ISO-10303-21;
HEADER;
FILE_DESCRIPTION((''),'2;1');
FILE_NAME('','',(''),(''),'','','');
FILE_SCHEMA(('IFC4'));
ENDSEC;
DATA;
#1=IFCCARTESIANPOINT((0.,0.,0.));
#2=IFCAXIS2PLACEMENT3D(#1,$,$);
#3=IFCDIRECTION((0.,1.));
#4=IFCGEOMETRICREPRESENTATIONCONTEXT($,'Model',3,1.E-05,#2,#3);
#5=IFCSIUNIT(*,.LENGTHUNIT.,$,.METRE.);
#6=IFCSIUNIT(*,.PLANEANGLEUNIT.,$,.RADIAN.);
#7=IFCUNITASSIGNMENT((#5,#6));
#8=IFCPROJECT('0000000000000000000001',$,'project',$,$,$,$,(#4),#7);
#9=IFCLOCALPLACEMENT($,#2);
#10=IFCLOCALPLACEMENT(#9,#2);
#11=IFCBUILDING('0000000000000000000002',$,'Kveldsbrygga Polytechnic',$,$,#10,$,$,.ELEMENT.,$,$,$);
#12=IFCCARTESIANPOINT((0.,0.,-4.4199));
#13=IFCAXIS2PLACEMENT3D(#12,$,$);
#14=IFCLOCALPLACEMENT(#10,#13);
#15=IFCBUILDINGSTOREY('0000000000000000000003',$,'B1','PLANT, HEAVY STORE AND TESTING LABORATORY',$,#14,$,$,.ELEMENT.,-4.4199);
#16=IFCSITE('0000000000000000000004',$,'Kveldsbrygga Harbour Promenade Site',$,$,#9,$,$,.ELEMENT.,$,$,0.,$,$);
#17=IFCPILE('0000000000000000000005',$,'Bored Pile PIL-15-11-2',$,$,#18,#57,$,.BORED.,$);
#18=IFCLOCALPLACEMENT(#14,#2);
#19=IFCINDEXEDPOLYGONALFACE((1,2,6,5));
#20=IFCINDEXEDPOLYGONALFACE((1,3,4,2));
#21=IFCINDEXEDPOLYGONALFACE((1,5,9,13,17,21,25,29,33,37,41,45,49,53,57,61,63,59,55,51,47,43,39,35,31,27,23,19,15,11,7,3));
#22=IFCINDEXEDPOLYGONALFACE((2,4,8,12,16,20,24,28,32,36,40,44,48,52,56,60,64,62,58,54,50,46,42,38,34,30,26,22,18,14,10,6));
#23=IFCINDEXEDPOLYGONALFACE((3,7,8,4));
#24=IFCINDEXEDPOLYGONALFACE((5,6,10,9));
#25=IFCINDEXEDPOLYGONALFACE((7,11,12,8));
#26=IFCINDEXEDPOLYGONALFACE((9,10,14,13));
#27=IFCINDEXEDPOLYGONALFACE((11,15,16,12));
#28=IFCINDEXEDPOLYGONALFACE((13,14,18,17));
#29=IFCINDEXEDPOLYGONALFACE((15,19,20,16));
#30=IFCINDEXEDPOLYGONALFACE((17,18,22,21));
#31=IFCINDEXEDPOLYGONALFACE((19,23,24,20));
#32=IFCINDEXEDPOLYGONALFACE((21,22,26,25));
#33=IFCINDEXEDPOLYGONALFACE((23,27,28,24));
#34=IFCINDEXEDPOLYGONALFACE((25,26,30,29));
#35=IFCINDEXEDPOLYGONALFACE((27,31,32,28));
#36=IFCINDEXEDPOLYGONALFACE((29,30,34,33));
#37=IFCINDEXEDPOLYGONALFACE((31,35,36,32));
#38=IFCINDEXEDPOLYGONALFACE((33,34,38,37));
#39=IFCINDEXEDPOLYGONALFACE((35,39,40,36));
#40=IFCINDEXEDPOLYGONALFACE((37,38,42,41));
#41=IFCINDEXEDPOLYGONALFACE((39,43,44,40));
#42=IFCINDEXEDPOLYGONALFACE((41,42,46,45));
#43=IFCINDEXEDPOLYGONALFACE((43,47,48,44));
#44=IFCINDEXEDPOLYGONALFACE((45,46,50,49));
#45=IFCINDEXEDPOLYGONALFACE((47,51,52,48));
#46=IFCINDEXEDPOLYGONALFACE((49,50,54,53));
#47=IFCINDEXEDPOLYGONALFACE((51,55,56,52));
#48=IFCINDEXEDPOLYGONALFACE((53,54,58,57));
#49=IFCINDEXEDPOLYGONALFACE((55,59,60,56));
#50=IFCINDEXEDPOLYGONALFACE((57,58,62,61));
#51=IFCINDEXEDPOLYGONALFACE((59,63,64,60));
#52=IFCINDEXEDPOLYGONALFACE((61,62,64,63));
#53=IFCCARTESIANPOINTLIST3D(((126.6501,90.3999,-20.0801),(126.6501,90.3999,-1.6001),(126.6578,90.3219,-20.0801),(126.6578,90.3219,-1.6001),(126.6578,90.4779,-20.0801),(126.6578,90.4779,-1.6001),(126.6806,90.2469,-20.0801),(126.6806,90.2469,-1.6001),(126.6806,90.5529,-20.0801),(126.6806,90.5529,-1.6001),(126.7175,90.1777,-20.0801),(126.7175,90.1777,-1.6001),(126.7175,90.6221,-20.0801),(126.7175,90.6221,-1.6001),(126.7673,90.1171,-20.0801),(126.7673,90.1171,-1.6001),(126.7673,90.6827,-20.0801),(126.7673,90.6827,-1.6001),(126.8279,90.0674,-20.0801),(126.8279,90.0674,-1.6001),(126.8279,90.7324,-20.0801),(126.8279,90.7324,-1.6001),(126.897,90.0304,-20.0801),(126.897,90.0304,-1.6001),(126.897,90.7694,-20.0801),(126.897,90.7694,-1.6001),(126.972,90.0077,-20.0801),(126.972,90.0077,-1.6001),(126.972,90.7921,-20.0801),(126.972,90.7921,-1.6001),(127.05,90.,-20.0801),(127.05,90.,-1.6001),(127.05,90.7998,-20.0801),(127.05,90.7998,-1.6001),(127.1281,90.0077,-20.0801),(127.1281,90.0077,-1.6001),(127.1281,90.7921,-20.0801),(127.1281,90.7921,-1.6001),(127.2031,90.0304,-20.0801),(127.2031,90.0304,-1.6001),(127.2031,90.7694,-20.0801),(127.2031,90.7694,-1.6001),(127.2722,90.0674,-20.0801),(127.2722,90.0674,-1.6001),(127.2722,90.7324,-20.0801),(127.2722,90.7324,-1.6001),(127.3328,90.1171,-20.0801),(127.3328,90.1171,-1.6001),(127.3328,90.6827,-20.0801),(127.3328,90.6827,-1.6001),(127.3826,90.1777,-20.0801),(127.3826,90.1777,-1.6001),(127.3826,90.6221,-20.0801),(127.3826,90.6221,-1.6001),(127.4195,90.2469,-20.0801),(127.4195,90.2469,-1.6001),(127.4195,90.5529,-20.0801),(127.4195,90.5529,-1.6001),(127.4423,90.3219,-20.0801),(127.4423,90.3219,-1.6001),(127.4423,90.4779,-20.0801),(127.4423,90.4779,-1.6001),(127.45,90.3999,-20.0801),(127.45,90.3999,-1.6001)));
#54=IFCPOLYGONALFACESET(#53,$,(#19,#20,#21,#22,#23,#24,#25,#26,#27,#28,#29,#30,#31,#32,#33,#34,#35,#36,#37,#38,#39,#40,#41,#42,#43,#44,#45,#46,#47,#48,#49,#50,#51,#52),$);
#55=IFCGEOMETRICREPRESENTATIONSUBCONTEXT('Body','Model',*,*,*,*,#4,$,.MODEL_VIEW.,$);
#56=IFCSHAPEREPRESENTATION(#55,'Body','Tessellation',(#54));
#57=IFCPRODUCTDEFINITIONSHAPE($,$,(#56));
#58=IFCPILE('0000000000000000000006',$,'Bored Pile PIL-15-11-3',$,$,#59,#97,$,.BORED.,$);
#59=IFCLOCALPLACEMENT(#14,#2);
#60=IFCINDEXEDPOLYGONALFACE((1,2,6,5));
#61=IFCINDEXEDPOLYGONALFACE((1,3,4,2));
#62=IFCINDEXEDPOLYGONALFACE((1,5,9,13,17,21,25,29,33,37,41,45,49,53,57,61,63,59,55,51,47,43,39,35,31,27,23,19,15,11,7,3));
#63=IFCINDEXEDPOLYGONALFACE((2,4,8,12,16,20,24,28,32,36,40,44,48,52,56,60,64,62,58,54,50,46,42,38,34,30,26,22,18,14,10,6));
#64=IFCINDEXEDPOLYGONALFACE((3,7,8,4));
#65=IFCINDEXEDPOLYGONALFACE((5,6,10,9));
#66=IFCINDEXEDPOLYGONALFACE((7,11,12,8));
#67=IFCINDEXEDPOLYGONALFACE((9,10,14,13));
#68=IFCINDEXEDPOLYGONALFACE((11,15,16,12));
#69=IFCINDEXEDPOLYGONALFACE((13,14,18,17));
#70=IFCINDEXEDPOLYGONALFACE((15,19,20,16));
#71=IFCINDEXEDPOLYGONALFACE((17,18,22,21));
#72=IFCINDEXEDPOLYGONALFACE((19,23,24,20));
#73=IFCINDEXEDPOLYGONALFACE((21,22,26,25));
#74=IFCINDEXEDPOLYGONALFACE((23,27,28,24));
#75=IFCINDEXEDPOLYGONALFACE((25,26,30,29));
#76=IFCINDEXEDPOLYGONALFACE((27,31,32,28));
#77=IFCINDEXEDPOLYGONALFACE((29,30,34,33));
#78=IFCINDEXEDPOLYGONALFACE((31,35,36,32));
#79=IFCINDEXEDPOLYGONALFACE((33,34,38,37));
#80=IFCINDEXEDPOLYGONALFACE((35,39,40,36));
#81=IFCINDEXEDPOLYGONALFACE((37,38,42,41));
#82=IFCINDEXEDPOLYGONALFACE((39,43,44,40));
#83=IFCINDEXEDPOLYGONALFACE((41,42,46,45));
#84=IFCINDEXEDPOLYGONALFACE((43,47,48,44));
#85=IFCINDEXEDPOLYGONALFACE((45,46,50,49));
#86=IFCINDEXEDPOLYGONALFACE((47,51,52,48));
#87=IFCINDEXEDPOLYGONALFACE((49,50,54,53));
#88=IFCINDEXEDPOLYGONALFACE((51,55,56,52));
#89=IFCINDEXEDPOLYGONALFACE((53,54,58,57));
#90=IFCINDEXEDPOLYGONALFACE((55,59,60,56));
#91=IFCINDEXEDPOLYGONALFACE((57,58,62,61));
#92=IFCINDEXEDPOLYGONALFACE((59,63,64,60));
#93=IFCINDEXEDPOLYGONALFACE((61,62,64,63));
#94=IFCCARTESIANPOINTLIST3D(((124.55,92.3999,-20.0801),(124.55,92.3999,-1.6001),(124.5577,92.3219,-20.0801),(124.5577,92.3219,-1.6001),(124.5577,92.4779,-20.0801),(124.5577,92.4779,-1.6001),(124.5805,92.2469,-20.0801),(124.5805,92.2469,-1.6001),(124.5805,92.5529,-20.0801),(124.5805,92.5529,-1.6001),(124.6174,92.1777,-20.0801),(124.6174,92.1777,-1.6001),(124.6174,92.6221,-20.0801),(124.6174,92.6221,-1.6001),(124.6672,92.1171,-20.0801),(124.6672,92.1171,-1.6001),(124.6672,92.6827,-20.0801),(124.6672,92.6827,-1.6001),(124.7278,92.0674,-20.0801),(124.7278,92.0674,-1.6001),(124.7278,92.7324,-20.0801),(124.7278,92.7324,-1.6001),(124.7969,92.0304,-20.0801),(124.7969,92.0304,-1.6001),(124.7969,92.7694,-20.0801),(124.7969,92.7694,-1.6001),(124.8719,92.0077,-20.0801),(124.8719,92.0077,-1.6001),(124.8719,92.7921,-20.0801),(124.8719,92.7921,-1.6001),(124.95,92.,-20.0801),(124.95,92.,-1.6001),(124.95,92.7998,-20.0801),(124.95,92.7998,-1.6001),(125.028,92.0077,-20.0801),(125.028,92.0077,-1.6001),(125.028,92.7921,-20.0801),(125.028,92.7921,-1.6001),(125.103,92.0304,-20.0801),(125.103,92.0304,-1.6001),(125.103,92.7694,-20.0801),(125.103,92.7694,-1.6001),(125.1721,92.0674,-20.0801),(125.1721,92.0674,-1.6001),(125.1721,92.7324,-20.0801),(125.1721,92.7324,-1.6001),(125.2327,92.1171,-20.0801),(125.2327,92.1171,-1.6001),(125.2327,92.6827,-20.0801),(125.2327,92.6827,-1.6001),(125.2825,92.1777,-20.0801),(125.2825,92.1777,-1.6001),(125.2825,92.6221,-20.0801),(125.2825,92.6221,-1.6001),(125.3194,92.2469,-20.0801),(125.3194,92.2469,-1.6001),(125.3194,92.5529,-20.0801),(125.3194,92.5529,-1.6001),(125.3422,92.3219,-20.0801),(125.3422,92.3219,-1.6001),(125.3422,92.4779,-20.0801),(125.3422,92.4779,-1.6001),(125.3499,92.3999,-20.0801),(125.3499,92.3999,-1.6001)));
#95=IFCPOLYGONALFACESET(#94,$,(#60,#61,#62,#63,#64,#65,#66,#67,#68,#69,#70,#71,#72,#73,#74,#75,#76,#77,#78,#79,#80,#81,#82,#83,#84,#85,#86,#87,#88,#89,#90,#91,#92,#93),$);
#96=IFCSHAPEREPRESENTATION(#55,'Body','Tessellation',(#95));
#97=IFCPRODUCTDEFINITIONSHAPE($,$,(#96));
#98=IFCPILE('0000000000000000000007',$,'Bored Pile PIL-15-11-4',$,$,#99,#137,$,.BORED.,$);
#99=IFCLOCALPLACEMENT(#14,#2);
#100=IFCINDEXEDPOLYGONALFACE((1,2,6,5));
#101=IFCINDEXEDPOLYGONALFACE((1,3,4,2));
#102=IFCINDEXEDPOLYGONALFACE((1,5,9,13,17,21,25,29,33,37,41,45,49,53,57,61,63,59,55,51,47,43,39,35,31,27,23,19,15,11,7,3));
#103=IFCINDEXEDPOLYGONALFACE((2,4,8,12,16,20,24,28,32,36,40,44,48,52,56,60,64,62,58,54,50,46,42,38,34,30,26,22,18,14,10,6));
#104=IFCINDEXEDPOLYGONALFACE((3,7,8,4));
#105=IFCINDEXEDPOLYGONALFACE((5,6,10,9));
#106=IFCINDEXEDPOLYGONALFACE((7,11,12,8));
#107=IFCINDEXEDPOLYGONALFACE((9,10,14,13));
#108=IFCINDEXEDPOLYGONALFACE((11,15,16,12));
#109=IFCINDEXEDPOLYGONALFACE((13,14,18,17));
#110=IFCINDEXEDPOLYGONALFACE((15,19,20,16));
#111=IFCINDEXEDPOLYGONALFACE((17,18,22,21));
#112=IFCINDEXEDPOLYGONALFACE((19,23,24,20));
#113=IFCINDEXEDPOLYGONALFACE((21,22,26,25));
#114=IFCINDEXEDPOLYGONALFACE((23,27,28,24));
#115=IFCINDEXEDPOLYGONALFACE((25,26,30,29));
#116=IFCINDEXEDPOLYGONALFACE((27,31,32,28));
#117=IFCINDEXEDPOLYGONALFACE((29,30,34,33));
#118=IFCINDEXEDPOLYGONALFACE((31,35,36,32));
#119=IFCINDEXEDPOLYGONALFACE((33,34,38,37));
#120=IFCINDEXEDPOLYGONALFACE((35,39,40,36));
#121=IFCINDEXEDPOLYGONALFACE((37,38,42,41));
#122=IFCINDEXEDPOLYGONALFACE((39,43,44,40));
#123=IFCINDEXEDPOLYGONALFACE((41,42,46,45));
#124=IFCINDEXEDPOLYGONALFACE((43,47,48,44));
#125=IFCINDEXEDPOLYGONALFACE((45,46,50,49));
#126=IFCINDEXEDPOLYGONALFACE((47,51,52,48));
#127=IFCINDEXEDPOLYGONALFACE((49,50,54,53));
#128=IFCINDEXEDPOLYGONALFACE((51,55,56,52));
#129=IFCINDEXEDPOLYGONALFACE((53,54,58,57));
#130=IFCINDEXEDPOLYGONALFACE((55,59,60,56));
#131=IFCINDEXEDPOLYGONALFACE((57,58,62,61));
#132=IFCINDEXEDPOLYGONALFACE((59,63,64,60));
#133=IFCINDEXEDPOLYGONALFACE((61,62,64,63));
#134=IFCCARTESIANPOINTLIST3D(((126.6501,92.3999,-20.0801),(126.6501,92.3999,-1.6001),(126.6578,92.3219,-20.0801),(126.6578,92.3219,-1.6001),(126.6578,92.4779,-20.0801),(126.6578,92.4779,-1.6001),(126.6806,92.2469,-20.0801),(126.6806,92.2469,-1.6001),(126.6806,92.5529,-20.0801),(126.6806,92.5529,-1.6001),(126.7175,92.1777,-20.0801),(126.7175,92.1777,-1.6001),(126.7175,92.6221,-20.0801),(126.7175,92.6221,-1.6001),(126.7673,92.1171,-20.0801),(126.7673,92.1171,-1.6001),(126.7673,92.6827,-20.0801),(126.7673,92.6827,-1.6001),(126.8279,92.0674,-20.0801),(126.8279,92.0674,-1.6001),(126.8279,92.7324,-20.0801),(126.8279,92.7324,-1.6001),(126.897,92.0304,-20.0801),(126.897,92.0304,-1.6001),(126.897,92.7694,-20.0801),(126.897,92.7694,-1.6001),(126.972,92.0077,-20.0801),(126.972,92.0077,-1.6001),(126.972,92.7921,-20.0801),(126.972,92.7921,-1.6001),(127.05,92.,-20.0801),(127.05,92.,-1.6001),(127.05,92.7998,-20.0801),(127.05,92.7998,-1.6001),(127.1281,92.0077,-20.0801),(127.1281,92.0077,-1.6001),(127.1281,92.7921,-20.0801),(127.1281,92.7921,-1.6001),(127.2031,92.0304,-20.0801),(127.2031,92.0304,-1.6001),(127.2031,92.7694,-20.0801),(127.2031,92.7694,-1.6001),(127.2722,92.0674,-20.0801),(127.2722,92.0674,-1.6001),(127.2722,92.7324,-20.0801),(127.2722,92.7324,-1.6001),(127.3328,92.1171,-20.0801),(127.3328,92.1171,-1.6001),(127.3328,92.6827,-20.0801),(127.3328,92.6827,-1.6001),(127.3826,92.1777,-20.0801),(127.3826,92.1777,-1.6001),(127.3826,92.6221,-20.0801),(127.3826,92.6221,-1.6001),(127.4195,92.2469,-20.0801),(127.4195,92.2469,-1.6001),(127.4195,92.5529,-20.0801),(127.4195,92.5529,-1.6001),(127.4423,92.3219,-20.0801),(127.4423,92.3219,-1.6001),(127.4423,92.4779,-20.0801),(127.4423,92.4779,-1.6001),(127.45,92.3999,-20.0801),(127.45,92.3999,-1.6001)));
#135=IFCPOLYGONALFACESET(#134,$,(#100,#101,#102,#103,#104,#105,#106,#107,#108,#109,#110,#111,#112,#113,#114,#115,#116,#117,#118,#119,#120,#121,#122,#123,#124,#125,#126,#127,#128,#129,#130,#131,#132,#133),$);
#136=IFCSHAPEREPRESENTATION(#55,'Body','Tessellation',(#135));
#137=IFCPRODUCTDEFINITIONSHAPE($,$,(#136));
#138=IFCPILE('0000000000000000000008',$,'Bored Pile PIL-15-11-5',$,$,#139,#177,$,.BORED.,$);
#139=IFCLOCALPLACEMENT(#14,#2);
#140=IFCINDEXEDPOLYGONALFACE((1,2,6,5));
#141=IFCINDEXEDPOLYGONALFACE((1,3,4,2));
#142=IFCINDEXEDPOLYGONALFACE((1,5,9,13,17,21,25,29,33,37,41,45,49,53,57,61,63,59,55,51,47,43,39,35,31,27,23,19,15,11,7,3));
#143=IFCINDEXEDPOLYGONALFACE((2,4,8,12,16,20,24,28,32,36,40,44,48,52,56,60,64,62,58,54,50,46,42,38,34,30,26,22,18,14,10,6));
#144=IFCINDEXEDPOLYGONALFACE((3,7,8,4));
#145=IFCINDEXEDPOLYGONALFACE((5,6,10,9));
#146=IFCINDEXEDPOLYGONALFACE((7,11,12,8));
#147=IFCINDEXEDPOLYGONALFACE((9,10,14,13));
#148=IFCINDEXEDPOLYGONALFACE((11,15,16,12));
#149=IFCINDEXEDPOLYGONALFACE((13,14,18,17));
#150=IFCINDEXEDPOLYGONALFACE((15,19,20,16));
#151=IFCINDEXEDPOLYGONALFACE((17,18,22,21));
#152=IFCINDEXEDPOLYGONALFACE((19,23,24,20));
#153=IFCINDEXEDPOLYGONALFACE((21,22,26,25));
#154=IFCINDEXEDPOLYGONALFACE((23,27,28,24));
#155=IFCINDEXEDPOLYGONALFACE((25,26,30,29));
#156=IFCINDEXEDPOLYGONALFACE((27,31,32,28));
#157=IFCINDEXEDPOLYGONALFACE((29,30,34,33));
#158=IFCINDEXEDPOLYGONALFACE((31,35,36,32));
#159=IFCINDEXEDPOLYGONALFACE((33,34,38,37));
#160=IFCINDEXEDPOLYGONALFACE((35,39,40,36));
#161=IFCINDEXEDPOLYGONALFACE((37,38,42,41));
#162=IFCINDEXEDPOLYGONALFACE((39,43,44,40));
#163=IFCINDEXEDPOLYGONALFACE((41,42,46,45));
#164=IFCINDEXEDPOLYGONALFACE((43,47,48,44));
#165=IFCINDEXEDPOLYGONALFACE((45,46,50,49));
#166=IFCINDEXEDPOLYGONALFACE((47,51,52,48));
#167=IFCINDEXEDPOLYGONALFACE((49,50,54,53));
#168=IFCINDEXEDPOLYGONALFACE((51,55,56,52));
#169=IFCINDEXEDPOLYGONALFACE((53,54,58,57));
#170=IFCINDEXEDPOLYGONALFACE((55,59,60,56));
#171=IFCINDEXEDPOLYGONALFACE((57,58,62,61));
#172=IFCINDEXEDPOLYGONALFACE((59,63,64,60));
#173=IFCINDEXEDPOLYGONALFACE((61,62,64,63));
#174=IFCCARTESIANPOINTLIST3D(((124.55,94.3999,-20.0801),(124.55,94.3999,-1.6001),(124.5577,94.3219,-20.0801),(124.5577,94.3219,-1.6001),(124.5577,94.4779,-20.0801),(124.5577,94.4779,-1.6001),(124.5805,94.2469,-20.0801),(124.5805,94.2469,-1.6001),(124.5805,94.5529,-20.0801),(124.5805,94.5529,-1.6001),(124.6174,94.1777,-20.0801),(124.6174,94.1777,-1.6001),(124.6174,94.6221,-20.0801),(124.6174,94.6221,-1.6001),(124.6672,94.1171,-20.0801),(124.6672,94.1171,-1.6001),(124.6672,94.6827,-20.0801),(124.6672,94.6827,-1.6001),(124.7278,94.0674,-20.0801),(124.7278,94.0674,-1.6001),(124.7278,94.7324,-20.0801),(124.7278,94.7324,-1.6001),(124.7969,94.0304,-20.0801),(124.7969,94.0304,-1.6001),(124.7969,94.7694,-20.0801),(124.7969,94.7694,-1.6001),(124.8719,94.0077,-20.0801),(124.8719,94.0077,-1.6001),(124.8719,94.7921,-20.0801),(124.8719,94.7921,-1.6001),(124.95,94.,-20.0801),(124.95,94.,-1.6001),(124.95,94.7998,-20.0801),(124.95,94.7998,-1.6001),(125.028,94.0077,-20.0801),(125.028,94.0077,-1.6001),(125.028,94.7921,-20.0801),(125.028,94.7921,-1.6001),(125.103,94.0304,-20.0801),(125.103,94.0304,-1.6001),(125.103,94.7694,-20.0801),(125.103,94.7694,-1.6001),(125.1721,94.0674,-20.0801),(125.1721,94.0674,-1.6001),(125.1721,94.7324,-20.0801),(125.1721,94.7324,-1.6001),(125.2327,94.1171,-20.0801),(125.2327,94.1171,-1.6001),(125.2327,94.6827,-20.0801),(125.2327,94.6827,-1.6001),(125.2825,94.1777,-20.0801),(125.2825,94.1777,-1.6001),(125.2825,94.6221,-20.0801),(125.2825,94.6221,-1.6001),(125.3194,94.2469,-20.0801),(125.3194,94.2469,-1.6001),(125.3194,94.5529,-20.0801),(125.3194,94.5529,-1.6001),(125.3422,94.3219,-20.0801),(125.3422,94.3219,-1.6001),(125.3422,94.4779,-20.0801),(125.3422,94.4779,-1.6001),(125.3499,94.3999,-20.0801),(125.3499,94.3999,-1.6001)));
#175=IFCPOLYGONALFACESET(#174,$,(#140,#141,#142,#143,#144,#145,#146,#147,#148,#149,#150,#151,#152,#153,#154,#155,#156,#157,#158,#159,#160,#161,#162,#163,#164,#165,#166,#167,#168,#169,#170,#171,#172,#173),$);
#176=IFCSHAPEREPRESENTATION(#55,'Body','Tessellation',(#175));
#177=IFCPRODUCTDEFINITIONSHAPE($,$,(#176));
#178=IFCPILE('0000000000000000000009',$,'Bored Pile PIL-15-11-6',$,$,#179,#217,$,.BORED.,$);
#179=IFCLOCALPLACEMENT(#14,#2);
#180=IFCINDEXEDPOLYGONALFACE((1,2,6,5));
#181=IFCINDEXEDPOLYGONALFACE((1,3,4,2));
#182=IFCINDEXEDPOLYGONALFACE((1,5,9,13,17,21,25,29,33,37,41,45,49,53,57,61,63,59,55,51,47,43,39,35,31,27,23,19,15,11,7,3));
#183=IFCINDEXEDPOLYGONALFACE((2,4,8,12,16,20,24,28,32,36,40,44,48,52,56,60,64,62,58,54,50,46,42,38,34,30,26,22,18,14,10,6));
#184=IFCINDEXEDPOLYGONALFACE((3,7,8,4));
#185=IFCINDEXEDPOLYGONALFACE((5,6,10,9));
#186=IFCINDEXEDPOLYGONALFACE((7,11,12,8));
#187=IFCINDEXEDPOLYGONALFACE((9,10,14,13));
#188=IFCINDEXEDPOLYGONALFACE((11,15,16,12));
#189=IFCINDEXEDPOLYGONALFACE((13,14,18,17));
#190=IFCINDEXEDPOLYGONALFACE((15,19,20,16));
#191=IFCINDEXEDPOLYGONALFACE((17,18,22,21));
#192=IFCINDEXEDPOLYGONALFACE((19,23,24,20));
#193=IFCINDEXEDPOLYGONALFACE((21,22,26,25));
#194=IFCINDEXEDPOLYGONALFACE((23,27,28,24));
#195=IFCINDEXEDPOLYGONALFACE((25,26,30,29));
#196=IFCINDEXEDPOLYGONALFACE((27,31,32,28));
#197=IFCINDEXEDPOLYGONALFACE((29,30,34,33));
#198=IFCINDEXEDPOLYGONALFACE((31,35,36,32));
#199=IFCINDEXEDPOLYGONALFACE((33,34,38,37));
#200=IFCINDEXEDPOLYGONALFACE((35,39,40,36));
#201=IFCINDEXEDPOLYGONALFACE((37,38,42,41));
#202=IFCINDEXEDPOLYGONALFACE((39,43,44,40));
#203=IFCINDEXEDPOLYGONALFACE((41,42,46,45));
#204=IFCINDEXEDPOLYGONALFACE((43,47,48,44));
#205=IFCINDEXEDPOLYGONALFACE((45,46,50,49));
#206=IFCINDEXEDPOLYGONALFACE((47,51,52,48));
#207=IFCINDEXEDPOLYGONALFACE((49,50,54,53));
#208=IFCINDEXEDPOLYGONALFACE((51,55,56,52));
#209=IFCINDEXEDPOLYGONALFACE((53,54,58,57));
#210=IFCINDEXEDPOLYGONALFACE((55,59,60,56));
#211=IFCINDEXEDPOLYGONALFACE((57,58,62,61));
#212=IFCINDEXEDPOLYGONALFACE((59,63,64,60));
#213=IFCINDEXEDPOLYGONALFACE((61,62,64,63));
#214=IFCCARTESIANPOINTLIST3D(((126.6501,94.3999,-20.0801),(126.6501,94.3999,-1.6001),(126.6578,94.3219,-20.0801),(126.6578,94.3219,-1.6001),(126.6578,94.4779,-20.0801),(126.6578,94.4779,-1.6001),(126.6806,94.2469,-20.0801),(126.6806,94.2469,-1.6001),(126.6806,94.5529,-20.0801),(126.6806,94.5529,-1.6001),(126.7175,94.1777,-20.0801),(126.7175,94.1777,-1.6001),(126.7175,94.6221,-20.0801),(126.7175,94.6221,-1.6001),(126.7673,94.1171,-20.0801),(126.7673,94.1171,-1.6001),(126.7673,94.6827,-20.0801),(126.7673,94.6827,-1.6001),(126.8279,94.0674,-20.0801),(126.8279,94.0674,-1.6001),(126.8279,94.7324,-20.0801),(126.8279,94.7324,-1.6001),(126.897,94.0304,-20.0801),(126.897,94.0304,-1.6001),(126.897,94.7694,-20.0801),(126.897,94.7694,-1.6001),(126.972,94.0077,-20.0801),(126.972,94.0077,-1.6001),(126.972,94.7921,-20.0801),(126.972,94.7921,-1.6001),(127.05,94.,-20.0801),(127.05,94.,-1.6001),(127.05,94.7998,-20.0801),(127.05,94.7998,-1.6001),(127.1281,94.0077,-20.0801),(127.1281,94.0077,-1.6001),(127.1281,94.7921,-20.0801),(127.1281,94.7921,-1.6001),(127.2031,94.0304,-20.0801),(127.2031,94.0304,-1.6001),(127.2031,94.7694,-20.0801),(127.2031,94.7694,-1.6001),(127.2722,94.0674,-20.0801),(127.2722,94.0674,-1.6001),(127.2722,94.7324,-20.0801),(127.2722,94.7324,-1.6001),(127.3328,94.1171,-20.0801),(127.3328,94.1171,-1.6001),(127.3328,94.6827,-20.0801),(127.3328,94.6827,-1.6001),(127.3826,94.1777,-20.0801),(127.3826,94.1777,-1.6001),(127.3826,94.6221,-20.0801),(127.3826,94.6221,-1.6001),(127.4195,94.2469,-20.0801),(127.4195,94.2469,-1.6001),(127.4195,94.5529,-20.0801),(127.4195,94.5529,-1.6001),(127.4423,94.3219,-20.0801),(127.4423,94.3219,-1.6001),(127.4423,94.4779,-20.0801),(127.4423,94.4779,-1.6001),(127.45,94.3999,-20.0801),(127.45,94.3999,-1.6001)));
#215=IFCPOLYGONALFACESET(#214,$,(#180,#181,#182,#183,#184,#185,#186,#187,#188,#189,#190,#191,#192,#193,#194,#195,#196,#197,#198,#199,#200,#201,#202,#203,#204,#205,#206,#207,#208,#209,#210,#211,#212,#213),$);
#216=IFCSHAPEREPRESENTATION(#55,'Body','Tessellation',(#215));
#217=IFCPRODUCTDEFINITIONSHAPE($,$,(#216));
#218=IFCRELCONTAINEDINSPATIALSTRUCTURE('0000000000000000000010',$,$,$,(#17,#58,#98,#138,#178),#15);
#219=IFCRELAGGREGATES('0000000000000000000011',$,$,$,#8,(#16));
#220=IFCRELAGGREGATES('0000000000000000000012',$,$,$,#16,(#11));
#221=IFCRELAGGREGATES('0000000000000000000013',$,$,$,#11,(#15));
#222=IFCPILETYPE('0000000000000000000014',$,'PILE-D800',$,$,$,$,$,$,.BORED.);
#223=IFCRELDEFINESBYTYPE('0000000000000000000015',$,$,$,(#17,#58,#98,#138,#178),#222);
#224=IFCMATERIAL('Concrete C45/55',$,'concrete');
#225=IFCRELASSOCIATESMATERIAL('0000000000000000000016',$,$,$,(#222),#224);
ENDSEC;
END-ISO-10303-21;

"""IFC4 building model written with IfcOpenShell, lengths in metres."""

from ifc_helpers import new_model, si_unit, direction, frame, origin, origin_2d, place, context, subcontext, project, spatial, circle, extrude, material, material_profile, profile_set, type_object, element, save


model = new_model("IFC4")

# Units and contexts
model_context = context("Model", 3, precision=1e-05, world=origin(), true_north=direction((0.0, 1.0)))
body_context = subcontext(model_context, "Body", "Model", "MODEL_VIEW")
ifc_project = project(units=[si_unit("LENGTHUNIT", "METRE"), si_unit("PLANEANGLEUNIT", "RADIAN")], contexts=[model_context])

# Site, building, storey
site_placement = place(None, origin())
site = spatial("IfcSite", under=ifc_project, at=site_placement, Name="Kveldsbrygga Harbour Promenade Site", CompositionType="ELEMENT", RefElevation=0.0)
building_placement = place(site_placement, origin())
building = spatial("IfcBuilding", under=site, at=building_placement, Name="Kveldsbrygga Polytechnic", CompositionType="ELEMENT")
storey_placement = place(building_placement, frame((0.0, 0.0, -4.4199)))
storey = spatial("IfcBuildingStorey", under=building, at=storey_placement, Name="B1", Description="PLANT, HEAVY STORE AND TESTING LABORATORY", CompositionType="ELEMENT", Elevation=-4.4199)

# Shared definitions
ifc_material_1 = material(Name="Concrete C45/55", Category="concrete")

# Piles
ifc_material_profile_1 = material_profile(ifc_material_1, circle(Radius=0.3999, at=origin_2d()), Name="PILE D800")
ifc_profile_set_1 = profile_set([ifc_material_profile_1], Name="Concrete C45/55")
pile_type = type_object("IfcPileType", Name="PILE-D800", PredefinedType="BORED", material=ifc_profile_set_1)
for number, where, z_axis, x_axis, name in (
    (1, (127.05, 90.3999, -1.6001), (0.0, 0.0, -1.0), (1.0, 0.0, 0.0), "Bored Pile PIL-15-11-2"),
    (2, (124.95, 92.3999, -1.6001), (0.0, 0.0, -1.0), (1.0, 0.0, 0.0), "Bored Pile PIL-15-11-3"),
    (3, (127.05, 92.3999, -1.6001), (0.0, 0.0, -1.0), (1.0, 0.0, 0.0), "Bored Pile PIL-15-11-4"),
    (4, (124.95, 94.3999, -1.6001), (0.0, 0.0, -1.0), (1.0, 0.0, 0.0), "Bored Pile PIL-15-11-5"),
    (5, (127.05, 94.3999, -1.6001), (0.0, 0.0, -1.0), (1.0, 0.0, 0.0), "Bored Pile PIL-15-11-6"),
):
    element("IfcPile", number, at=place(storey_placement, frame(where, z_axis=z_axis, x_axis=x_axis)), inside=storey, type_object=pile_type, Name=name, PredefinedType="BORED", context=body_context, shape_type="SweptSolid", body=[
        extrude(circle(Radius=0.3999, at=origin_2d()), origin(), (0.0, 0.0, 1.0), 18.48),
    ])

save(model, "model.ifc")
